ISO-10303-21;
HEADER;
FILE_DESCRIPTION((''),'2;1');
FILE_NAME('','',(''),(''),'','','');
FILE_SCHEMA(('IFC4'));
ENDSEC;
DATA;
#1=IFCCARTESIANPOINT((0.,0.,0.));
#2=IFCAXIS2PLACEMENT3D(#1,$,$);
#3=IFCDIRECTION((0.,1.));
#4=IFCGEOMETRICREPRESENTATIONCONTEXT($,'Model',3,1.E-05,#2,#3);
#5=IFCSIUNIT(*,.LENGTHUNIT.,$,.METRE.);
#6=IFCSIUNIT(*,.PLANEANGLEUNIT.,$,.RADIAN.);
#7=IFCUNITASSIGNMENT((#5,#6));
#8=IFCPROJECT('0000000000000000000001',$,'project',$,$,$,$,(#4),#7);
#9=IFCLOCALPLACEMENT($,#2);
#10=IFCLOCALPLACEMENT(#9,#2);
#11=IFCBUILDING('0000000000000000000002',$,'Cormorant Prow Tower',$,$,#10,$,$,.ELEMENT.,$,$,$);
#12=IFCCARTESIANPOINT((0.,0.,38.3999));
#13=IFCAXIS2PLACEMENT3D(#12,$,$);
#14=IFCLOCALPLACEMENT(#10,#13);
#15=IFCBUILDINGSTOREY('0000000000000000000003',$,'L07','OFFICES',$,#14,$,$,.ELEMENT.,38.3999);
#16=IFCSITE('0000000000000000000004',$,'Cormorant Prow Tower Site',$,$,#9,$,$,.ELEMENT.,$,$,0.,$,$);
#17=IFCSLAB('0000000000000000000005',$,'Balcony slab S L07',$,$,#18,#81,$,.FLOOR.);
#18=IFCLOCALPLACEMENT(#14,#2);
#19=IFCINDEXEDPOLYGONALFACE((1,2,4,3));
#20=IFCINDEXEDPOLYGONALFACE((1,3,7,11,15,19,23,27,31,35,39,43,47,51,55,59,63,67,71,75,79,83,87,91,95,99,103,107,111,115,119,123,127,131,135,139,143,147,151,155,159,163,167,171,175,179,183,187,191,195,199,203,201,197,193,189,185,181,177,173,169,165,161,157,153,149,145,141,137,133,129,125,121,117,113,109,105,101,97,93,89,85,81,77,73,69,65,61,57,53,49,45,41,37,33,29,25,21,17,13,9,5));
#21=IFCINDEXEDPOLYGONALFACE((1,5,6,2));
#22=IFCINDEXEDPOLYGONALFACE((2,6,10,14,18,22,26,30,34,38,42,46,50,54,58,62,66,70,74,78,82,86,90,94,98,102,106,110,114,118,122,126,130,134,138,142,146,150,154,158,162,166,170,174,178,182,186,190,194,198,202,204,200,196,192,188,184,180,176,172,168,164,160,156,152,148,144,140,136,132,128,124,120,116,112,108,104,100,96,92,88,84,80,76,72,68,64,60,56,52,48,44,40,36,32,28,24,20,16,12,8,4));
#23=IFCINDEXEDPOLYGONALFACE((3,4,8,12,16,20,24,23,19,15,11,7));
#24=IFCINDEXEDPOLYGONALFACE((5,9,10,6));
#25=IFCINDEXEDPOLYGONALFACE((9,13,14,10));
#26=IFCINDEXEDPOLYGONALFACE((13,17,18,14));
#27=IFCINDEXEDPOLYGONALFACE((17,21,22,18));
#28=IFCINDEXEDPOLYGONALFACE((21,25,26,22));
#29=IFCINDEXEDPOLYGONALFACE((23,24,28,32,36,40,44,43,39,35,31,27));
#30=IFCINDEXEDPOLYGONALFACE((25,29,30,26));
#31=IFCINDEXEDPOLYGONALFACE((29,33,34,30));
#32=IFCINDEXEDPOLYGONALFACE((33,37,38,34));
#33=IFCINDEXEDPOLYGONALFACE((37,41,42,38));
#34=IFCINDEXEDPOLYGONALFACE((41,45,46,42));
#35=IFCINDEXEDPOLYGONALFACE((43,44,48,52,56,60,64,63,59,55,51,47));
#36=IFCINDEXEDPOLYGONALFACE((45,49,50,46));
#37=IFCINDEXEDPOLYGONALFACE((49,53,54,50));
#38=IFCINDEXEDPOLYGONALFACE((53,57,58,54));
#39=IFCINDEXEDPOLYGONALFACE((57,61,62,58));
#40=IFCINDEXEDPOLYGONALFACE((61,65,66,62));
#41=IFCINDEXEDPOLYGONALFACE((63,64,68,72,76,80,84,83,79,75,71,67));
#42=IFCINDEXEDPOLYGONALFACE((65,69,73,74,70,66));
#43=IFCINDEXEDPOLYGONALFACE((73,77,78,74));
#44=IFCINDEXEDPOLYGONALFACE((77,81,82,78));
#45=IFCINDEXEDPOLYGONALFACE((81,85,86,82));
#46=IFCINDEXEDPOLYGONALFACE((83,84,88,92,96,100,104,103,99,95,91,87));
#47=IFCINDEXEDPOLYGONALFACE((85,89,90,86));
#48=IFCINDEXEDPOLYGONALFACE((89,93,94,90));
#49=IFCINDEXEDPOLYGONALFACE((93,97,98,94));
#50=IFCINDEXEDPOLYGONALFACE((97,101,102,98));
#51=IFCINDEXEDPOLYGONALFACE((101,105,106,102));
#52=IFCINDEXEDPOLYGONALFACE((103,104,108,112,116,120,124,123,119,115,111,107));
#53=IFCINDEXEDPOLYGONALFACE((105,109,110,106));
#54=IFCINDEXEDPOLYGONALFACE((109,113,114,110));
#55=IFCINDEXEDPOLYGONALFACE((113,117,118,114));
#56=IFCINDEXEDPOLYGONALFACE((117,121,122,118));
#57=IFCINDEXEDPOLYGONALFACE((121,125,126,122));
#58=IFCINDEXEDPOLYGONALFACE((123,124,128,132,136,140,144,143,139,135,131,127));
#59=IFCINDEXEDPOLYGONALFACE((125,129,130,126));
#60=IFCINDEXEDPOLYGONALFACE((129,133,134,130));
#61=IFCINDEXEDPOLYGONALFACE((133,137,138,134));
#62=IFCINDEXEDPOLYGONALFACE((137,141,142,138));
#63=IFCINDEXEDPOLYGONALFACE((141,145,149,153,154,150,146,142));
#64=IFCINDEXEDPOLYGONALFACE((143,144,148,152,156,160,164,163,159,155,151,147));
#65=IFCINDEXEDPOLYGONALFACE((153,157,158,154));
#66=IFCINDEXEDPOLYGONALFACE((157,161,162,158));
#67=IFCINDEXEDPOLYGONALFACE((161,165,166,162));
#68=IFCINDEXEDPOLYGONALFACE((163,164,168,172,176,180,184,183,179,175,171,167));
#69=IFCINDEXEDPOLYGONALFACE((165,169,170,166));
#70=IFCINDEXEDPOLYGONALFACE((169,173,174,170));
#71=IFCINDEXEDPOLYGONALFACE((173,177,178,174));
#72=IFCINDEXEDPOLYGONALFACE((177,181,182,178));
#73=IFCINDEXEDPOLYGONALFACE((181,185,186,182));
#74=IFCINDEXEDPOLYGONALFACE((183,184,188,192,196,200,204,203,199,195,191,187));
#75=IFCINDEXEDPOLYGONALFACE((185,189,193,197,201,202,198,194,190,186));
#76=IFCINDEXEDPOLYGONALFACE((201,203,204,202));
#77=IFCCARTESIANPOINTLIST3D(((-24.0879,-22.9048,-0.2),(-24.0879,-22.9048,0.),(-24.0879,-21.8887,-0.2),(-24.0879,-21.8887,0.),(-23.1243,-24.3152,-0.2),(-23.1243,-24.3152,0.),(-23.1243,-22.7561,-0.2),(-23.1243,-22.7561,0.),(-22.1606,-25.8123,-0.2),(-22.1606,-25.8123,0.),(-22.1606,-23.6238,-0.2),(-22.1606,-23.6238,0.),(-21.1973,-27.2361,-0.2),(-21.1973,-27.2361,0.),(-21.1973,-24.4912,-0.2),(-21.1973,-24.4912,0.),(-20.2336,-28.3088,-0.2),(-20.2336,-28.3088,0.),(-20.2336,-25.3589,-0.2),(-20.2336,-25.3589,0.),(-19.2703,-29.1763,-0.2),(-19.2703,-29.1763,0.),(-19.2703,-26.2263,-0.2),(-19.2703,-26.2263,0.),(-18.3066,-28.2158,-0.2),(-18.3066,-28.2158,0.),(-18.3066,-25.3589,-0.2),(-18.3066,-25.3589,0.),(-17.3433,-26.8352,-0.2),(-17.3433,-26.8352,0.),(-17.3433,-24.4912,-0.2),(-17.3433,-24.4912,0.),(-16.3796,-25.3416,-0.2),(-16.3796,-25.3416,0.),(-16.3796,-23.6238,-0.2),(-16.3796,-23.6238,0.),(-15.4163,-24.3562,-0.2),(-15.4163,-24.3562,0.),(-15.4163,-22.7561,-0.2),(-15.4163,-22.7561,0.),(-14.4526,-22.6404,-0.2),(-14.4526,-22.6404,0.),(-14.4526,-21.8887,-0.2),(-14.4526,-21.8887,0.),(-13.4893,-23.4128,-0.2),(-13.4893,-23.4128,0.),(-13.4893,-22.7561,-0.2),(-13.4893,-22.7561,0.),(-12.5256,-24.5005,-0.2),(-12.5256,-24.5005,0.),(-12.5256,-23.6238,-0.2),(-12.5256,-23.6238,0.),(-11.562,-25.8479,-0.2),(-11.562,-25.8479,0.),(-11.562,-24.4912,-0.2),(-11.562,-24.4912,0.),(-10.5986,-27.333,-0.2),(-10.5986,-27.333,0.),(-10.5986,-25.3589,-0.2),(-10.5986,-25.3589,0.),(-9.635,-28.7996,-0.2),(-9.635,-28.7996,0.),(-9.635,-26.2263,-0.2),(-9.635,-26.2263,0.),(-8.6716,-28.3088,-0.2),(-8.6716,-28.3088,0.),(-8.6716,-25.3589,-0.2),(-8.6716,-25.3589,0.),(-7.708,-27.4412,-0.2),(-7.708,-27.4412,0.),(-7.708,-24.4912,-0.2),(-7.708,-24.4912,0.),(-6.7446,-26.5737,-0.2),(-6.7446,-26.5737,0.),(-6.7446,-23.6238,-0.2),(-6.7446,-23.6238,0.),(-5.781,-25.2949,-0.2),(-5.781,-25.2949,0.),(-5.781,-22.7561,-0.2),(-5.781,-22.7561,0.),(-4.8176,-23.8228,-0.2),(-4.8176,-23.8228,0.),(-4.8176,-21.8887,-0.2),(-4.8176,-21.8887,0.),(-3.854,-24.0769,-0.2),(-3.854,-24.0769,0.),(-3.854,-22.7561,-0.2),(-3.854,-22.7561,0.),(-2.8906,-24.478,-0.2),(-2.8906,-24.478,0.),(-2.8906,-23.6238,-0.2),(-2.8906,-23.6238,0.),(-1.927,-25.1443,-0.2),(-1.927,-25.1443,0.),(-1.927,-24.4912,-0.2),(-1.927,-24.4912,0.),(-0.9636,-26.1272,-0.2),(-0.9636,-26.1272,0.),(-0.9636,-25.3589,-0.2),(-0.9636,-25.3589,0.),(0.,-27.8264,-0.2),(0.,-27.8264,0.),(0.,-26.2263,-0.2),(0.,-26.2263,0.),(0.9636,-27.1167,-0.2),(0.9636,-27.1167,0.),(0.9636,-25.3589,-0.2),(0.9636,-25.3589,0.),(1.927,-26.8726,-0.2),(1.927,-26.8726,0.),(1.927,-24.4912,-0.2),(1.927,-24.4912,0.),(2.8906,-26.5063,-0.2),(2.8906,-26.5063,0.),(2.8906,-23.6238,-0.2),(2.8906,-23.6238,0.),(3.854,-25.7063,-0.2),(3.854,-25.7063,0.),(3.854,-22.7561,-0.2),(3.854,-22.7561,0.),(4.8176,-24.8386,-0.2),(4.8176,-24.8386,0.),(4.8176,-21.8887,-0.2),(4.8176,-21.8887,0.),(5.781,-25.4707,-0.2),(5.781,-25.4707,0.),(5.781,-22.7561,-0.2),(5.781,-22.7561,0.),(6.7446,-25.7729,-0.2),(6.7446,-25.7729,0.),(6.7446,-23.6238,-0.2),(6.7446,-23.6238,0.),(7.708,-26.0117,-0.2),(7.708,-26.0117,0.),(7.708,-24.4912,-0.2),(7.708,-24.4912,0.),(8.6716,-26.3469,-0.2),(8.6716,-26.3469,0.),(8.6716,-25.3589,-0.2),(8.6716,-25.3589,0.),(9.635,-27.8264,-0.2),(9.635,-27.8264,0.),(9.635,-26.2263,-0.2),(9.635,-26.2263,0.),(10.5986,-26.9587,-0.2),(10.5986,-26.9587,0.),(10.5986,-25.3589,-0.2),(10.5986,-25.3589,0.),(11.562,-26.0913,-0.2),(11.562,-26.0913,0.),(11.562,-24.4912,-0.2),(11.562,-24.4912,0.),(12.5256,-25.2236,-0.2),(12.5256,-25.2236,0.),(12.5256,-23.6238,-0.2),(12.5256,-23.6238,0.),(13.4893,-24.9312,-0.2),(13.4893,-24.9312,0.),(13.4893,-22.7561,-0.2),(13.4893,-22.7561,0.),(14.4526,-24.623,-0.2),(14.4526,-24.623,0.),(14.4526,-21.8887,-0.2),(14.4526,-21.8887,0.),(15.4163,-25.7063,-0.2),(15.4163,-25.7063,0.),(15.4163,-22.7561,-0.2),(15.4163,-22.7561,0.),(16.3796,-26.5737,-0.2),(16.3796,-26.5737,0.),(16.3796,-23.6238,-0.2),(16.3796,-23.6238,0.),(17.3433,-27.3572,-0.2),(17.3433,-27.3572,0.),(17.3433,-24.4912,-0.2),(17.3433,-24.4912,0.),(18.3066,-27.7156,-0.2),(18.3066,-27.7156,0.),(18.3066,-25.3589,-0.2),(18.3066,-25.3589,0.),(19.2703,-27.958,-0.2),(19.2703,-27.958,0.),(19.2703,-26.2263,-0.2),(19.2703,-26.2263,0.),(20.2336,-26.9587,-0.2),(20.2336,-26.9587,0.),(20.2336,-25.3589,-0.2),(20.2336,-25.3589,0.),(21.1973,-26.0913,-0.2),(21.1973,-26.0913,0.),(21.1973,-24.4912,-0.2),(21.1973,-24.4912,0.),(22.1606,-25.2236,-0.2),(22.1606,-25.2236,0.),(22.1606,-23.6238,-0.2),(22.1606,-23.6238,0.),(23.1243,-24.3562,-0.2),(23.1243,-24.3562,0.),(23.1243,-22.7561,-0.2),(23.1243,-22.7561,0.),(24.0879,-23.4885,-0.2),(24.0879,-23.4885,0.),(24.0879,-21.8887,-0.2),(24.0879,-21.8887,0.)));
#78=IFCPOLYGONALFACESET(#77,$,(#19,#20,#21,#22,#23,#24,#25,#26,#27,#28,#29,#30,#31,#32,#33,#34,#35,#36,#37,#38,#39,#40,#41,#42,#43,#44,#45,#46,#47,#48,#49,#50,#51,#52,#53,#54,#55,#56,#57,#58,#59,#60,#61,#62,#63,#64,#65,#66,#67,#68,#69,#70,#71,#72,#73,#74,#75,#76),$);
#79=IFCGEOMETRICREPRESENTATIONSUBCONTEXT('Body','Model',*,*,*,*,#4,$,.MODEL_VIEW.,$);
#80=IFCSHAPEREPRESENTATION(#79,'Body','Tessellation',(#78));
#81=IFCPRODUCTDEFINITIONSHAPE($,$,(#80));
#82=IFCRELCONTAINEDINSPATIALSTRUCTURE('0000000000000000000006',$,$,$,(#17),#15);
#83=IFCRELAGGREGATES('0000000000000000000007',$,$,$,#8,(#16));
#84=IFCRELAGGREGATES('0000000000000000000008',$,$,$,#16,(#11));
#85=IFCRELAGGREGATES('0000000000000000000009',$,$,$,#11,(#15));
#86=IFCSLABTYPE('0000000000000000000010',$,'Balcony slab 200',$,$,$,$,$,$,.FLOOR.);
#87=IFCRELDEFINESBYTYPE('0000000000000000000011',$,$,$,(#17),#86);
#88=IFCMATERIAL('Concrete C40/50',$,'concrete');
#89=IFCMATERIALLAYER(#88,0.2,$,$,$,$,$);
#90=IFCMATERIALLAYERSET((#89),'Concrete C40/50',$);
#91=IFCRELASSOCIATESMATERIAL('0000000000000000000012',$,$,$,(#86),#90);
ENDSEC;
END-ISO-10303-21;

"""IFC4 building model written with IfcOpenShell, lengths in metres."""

from ifc_helpers import new_model, si_unit, direction, frame, origin, place, context, subcontext, project, spatial, polyline, outline, extrude, material, layer, layer_set, type_object, element, save


model = new_model("IFC4")

# Units and contexts
model_context = context("Model", 3, precision=1e-05, world=origin(), true_north=direction((0.0, 1.0)))
body_context = subcontext(model_context, "Body", "Model", "MODEL_VIEW")
ifc_project = project(units=[si_unit("LENGTHUNIT", "METRE"), si_unit("PLANEANGLEUNIT", "RADIAN")], contexts=[model_context])

# Site, building, storey
site_placement = place(None, origin())
site = spatial("IfcSite", under=ifc_project, at=site_placement, Name="Cormorant Prow Tower Site", CompositionType="ELEMENT", RefElevation=0.0)
building_placement = place(site_placement, origin())
building = spatial("IfcBuilding", under=site, at=building_placement, Name="Cormorant Prow Tower", CompositionType="ELEMENT")
storey_placement = place(building_placement, frame((0.0, 0.0, 38.3999)))
storey = spatial("IfcBuildingStorey", under=building, at=storey_placement, Name="L07", Description="OFFICES", CompositionType="ELEMENT", Elevation=38.3999)

# Slab
ifc_material_1 = material(Name="Concrete C40/50", Category="concrete")
ifc_layer_1 = layer(ifc_material_1, 0.2)
ifc_layer_set_1 = layer_set([ifc_layer_1], Name="Concrete C40/50")
slab_type_1 = type_object("IfcSlabType", Name="Balcony slab 200", PredefinedType="FLOOR", material=ifc_layer_set_1)
slab_1_placement = place(storey_placement, frame((0.0, 0.0, -0.2)))
element("IfcSlab", 1, at=slab_1_placement, inside=storey, type_object=slab_type_1, Name="Balcony slab S L07", PredefinedType="FLOOR", context=body_context, shape_type="SweptSolid", body=[
    extrude(outline(polyline([(-24.0879, -21.8887), (-24.0879, -22.9048), (-23.1243, -24.3152), (-22.1606, -25.8123), (-21.1973, -27.2361), (-20.2336, -28.3088), (-19.2703, -29.1763), (-18.3066, -28.2158), (-17.3433, -26.8352), (-16.3796, -25.3416), (-15.4163, -24.3562), (-14.4526, -22.6404), (-13.4893, -23.4128), (-12.5256, -24.5005), (-11.562, -25.8479), (-10.5986, -27.333), (-9.635, -28.7996), (-8.6716, -28.3088), (-7.708, -27.4412), (-6.7446, -26.5737), (-5.781, -25.2949), (-4.8176, -23.8228), (-3.854, -24.0769), (-2.8906, -24.478), (-1.927, -25.1443), (-0.9636, -26.1272), (0.0, -27.8264), (0.9636, -27.1167), (1.927, -26.8726), (2.8906, -26.5063), (3.854, -25.7063), (4.8176, -24.8386), (5.781, -25.4707), (6.7446, -25.7729), (7.708, -26.0117), (8.6716, -26.3469), (9.635, -27.8264), (10.5986, -26.9587), (11.562, -26.0913), (12.5256, -25.2236), (13.4893, -24.9312), (14.4526, -24.623), (15.4163, -25.7063), (16.3796, -26.5737), (17.3433, -27.3572), (18.3066, -27.7156), (19.2703, -27.958), (20.2336, -26.9587), (21.1973, -26.0913), (22.1606, -25.2236), (23.1243, -24.3562), (24.0879, -23.4885), (24.0879, -21.8887), (23.1243, -22.7561), (22.1606, -23.6238), (21.1973, -24.4912), (20.2336, -25.3589), (19.2703, -26.2263), (18.3066, -25.3589), (17.3433, -24.4912), (16.3796, -23.6238), (15.4163, -22.7561), (14.4526, -21.8887), (13.4893, -22.7561), (12.5256, -23.6238), (11.562, -24.4912), (10.5986, -25.3589), (9.635, -26.2263), (8.6716, -25.3589), (7.708, -24.4912), (6.7446, -23.6238), (5.781, -22.7561), (4.8176, -21.8887), (3.854, -22.7561), (2.8906, -23.6238), (1.927, -24.4912), (0.9636, -25.3589), (0.0, -26.2263), (-0.9636, -25.3589), (-1.927, -24.4912), (-2.8906, -23.6238), (-3.854, -22.7561), (-4.8176, -21.8887), (-5.781, -22.7561), (-6.7446, -23.6238), (-7.708, -24.4912), (-8.6716, -25.3589), (-9.635, -26.2263), (-10.5986, -25.3589), (-11.562, -24.4912), (-12.5256, -23.6238), (-13.4893, -22.7561), (-14.4526, -21.8887), (-15.4163, -22.7561), (-16.3796, -23.6238), (-17.3433, -24.4912), (-18.3066, -25.3589), (-19.2703, -26.2263), (-20.2336, -25.3589), (-21.1973, -24.4912), (-22.1606, -23.6238), (-23.1243, -22.7561), (-24.0879, -21.8887)])), origin(), (0.0, 0.0, 1.0), 0.2),
])

save(model, "model.ifc")
